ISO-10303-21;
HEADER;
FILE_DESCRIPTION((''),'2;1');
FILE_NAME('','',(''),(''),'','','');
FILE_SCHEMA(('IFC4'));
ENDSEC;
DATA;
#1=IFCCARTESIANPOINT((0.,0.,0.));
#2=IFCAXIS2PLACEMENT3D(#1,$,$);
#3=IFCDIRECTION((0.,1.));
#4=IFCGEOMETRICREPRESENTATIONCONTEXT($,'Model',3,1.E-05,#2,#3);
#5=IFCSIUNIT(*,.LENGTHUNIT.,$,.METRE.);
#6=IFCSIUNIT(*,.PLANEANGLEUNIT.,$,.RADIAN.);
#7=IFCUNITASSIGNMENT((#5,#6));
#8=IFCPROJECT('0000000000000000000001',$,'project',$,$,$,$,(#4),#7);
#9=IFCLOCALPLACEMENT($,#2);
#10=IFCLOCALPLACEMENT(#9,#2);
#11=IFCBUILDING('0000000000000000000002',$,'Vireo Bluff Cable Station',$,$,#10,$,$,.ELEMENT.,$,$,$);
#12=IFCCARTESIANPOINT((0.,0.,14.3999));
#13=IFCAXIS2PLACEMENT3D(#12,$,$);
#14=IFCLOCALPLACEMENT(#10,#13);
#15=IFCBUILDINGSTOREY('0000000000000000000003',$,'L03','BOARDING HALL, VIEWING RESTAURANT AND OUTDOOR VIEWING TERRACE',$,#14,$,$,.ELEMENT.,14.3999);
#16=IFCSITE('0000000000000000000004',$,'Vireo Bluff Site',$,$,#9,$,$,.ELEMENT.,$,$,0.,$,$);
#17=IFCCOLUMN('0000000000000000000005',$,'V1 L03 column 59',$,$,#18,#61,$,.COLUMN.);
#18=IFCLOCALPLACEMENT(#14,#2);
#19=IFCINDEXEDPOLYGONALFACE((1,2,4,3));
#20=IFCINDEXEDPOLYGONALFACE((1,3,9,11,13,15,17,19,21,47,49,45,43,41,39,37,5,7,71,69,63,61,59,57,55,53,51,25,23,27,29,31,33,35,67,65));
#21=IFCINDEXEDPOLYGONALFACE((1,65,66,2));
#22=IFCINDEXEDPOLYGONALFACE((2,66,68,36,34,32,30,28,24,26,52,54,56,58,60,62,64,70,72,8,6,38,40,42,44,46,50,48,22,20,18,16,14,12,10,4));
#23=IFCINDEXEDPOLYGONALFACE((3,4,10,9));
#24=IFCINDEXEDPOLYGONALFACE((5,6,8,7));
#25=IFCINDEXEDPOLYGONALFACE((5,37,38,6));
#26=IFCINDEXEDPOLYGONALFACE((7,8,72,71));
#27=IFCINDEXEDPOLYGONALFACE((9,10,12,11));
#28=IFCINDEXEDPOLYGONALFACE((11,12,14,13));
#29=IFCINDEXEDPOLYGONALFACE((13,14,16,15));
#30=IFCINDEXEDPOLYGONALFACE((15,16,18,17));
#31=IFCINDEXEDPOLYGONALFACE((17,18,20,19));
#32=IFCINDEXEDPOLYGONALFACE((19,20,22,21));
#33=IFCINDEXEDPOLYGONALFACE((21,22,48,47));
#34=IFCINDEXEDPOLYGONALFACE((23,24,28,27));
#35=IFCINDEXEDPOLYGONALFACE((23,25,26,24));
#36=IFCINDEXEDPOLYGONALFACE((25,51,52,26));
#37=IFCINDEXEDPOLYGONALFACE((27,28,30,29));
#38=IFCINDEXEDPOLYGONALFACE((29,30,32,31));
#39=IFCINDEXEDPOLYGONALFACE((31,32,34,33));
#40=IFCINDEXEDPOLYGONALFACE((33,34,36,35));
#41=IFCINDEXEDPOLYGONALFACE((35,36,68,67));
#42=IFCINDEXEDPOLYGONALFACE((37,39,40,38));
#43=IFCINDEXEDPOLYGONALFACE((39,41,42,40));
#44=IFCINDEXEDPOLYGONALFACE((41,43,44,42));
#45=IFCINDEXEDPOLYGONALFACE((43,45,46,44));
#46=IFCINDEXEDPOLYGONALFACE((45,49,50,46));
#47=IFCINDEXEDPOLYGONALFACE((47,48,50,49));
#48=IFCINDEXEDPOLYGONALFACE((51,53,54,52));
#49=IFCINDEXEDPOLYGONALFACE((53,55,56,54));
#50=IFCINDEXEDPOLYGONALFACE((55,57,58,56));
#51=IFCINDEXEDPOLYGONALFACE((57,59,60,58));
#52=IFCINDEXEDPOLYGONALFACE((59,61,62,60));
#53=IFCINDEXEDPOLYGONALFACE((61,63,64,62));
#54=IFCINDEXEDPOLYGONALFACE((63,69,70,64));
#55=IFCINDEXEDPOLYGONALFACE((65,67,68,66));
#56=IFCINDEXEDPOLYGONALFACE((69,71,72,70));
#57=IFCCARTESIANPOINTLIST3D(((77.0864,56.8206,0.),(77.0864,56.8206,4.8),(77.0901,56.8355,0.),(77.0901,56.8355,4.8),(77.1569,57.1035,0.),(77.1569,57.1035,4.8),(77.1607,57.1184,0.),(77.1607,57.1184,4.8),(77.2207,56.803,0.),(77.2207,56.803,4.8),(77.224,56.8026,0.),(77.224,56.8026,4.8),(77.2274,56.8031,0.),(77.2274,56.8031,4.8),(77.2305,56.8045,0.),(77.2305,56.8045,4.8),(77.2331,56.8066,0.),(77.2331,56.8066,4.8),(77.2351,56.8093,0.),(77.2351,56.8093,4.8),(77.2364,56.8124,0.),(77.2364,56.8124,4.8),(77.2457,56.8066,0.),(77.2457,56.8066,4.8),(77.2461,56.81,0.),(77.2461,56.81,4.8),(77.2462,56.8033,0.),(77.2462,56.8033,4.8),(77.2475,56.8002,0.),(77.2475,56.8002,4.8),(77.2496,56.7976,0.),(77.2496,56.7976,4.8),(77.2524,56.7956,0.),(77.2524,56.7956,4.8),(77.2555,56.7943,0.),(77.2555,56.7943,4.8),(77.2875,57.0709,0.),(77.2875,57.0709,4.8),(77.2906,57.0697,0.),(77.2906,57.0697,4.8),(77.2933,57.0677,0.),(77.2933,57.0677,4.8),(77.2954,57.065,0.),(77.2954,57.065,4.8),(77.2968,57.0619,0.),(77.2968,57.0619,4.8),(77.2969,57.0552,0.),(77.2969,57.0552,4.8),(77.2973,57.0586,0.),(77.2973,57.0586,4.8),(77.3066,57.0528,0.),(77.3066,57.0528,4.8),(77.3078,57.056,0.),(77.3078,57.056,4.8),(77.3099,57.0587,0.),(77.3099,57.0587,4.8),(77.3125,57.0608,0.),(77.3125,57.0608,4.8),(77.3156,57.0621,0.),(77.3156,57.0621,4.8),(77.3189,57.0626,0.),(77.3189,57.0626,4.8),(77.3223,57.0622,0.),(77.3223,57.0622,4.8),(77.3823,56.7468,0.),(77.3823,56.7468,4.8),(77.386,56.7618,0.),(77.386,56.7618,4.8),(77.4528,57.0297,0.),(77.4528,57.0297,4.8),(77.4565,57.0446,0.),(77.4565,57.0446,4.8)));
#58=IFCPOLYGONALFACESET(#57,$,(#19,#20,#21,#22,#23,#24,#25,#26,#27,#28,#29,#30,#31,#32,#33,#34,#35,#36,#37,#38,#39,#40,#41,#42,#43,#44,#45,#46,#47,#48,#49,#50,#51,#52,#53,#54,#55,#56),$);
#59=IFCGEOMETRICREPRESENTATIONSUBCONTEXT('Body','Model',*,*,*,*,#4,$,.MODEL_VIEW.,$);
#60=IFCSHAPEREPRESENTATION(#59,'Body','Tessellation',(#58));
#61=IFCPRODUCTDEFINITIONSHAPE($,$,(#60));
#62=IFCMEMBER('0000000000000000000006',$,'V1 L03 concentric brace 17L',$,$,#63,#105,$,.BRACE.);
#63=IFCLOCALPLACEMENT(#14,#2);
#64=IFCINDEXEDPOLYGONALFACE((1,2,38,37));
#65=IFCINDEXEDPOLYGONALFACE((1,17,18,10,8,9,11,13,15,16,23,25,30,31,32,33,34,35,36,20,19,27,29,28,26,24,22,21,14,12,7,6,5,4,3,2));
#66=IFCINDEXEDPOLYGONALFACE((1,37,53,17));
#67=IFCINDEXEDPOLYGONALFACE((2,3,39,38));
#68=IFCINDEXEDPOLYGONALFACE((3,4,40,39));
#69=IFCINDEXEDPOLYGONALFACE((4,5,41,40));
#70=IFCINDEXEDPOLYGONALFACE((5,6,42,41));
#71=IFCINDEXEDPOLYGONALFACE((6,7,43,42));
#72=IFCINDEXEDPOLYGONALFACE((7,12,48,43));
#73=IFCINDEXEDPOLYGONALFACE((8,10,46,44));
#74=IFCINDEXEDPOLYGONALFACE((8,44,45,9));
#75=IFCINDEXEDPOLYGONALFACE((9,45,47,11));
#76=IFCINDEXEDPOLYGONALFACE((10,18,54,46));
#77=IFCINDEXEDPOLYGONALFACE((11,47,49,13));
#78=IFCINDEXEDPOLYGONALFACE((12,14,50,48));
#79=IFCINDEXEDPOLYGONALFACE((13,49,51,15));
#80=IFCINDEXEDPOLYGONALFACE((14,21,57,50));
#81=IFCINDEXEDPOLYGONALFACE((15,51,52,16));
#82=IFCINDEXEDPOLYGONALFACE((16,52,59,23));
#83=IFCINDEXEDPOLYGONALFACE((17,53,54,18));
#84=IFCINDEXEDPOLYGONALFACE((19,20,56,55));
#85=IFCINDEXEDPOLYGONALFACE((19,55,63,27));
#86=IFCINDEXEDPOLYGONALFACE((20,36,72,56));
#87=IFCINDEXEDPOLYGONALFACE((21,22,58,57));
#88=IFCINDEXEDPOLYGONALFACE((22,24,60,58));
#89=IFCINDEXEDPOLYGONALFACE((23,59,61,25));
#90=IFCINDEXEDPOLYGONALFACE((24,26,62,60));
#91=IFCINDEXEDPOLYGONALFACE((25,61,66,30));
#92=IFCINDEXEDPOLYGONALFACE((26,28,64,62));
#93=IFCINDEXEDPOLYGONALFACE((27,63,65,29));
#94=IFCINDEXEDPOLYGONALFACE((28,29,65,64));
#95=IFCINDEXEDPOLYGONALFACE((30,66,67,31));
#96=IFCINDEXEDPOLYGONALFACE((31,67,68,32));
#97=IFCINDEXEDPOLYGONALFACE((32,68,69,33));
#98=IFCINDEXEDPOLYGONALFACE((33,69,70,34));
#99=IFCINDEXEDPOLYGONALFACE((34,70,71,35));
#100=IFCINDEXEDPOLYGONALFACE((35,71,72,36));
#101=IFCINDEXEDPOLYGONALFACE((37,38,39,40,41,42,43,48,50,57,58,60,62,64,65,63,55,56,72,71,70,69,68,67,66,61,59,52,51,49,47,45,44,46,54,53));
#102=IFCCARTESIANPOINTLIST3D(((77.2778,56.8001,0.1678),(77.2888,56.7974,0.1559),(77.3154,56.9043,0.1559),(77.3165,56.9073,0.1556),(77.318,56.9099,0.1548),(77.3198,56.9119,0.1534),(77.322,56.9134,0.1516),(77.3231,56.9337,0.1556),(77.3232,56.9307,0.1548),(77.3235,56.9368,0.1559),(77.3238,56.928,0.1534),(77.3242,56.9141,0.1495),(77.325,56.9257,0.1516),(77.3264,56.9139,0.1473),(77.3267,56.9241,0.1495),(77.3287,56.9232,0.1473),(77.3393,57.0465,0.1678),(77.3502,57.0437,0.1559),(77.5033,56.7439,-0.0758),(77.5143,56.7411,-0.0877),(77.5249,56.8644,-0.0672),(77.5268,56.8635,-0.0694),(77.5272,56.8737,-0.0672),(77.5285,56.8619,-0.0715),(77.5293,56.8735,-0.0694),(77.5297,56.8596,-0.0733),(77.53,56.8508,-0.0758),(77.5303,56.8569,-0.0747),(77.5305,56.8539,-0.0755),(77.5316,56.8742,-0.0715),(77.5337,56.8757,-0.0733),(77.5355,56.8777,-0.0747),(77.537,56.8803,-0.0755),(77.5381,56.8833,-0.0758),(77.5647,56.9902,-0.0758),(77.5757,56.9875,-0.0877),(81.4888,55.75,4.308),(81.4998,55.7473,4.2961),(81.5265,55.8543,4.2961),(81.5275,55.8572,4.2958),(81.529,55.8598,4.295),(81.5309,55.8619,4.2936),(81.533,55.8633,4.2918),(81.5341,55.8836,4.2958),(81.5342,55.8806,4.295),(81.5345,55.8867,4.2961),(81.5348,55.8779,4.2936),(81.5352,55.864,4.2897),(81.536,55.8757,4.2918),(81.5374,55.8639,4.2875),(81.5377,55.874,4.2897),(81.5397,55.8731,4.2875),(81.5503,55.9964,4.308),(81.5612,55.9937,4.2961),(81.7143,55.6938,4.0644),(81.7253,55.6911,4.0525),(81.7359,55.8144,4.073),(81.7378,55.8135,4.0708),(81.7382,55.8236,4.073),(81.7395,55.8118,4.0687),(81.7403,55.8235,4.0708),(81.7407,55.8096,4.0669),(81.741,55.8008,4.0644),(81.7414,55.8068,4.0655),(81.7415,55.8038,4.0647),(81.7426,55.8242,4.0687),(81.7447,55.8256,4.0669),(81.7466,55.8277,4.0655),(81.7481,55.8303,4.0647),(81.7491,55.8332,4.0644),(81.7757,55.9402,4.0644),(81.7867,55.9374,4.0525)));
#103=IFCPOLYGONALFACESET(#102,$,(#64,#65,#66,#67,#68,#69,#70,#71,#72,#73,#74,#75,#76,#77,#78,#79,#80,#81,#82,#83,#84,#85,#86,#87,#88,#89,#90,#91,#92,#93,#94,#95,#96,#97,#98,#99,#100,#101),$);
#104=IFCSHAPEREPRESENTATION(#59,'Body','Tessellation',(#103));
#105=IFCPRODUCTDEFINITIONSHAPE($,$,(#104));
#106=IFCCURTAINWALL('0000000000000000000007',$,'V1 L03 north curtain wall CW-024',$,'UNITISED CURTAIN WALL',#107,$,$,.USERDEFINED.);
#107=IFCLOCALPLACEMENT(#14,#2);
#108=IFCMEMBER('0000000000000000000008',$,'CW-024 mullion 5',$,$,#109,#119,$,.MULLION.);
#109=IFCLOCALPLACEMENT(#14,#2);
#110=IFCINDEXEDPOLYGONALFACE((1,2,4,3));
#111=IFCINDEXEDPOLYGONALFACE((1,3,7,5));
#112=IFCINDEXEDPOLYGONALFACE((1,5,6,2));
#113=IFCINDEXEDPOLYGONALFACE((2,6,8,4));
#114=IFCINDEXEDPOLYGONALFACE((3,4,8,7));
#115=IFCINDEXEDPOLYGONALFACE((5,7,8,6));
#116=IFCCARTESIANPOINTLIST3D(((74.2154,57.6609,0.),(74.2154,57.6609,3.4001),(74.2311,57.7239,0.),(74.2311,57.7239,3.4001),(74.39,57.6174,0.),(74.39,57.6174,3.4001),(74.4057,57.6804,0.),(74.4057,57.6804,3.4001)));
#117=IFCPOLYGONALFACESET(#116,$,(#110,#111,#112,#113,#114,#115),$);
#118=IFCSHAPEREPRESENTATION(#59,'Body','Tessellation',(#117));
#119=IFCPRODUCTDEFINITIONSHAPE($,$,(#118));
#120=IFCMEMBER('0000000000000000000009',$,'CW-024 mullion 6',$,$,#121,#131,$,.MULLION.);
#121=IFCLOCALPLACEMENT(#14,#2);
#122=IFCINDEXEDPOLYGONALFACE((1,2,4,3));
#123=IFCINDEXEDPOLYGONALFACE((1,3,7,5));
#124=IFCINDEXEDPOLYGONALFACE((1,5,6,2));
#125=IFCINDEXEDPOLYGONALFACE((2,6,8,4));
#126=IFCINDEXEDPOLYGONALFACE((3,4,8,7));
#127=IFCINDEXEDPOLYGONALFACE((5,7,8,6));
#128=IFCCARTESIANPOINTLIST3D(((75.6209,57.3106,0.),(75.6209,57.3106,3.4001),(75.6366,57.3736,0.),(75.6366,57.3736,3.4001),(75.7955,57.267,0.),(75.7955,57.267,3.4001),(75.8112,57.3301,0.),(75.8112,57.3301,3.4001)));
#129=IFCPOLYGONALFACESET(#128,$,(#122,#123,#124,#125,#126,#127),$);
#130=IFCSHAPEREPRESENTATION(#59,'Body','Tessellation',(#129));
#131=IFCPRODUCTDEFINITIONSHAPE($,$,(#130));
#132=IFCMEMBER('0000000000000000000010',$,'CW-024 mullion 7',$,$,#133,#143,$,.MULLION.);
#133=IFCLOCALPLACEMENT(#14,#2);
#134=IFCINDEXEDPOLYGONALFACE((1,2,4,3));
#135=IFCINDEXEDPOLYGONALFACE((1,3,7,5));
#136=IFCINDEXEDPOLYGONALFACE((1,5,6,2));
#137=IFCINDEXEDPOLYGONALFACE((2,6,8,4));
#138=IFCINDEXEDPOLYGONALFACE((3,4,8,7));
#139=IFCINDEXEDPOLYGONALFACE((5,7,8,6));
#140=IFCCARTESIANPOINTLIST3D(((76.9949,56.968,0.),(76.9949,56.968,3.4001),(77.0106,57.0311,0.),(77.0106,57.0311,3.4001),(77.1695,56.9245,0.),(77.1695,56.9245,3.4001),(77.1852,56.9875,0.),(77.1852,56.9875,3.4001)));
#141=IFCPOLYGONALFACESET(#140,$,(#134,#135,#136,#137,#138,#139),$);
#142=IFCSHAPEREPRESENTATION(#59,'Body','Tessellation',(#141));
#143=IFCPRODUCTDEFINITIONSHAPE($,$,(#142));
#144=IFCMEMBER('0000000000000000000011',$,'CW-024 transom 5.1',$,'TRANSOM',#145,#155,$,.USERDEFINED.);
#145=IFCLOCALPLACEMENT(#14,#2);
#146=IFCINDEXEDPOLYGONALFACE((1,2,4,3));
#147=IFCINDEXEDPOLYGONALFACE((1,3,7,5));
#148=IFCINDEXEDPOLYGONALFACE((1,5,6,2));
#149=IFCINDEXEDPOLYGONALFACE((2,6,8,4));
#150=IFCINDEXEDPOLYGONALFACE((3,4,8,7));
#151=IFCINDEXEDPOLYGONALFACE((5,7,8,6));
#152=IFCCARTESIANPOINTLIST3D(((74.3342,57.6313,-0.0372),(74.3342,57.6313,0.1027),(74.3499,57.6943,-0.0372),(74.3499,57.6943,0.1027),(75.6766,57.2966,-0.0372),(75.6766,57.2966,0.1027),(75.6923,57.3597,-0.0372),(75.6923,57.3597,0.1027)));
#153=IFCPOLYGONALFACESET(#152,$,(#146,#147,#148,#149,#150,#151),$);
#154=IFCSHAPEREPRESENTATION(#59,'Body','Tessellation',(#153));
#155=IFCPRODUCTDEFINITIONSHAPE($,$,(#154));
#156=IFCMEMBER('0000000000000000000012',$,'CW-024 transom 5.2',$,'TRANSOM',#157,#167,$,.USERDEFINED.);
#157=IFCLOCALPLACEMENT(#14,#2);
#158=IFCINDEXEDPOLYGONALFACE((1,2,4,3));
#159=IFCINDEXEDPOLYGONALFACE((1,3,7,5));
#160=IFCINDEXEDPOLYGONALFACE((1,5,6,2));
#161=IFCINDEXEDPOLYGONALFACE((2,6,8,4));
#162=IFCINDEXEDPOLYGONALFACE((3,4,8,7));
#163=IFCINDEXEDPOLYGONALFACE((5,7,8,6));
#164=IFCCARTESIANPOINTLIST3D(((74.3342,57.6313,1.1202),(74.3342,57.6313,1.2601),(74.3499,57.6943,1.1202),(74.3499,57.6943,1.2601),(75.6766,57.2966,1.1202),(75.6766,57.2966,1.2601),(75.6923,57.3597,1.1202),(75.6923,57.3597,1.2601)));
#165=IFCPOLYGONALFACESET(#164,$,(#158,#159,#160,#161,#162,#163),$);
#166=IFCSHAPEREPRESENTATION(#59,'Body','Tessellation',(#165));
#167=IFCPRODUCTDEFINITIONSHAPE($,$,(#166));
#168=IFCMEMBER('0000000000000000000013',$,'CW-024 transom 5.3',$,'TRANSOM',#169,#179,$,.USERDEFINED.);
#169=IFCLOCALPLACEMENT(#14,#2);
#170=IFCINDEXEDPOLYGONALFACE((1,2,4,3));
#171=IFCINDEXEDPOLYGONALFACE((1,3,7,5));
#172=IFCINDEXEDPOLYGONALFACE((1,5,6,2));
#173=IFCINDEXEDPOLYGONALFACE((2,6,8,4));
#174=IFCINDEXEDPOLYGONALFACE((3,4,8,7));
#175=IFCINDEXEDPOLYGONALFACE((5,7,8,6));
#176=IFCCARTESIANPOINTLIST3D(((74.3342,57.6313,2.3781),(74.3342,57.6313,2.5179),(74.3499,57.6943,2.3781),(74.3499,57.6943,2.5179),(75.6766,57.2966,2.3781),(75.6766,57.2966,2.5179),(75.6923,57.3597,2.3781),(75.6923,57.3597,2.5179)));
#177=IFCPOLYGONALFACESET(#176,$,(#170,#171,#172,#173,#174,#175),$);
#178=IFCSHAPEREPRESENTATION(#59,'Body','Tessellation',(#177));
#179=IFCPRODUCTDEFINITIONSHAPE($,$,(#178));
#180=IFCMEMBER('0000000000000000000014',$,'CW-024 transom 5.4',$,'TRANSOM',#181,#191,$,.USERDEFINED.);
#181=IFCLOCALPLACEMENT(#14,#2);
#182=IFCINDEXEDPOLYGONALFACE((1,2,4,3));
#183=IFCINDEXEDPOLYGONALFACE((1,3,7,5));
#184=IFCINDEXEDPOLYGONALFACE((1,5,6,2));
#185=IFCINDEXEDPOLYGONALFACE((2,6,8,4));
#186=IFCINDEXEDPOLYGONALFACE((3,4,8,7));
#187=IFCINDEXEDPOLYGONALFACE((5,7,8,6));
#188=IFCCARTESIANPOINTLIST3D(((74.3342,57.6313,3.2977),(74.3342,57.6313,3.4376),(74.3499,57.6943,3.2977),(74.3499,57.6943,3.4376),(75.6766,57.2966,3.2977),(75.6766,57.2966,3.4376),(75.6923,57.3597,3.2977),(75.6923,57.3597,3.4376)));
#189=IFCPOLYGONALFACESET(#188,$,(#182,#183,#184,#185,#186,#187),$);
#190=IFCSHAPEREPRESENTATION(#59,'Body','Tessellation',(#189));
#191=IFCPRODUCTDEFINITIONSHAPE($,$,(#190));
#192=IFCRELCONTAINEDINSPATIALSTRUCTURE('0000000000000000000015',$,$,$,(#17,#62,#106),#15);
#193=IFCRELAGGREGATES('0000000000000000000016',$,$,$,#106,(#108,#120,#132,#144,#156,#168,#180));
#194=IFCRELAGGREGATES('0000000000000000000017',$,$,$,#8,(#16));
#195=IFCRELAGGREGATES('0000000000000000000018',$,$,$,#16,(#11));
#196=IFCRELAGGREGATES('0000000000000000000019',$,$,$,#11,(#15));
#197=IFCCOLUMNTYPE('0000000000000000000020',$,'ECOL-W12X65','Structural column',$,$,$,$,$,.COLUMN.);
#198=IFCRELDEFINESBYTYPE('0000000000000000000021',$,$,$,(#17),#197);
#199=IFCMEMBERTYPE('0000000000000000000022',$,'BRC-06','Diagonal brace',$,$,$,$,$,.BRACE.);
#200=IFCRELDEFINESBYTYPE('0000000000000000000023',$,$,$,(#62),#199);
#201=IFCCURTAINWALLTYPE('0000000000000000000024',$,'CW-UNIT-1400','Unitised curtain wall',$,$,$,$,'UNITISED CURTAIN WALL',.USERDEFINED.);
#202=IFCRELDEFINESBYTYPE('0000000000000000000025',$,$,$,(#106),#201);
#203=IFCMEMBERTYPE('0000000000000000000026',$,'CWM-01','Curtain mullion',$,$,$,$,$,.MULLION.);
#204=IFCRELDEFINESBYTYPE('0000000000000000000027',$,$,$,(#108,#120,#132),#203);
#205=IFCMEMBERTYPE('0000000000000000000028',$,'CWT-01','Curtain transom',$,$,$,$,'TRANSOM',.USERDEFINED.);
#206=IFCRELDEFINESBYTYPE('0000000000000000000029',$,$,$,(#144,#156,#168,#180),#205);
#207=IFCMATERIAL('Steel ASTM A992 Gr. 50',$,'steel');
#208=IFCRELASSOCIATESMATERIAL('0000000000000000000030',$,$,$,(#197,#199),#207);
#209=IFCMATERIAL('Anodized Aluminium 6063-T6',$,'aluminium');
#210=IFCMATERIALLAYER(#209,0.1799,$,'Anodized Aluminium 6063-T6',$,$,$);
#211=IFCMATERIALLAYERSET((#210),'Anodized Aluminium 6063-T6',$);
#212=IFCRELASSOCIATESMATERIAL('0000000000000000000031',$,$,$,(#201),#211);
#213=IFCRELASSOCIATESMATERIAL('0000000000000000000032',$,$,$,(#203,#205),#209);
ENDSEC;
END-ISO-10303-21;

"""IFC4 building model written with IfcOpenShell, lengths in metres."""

from ifc_helpers import new_model, si_unit, direction, frame, origin, origin_2d, place, context, subcontext, project, spatial, rectangle, i_section, extrude, material, layer, layer_set, material_profile, profile_set, type_object, element, aggregate, save


model = new_model("IFC4")

# Units and contexts
model_context = context("Model", 3, precision=1e-05, world=origin(), true_north=direction((0.0, 1.0)))
body_context = subcontext(model_context, "Body", "Model", "MODEL_VIEW")
ifc_project = project(units=[si_unit("LENGTHUNIT", "METRE"), si_unit("PLANEANGLEUNIT", "RADIAN")], contexts=[model_context])

# Site, building, storey
site_placement = place(None, origin())
site = spatial("IfcSite", under=ifc_project, at=site_placement, Name="Vireo Bluff Site", CompositionType="ELEMENT", RefElevation=0.0)
building_placement = place(site_placement, origin())
building = spatial("IfcBuilding", under=site, at=building_placement, Name="Vireo Bluff Cable Station", CompositionType="ELEMENT")
storey_placement = place(building_placement, frame((0.0, 0.0, 14.3999)))
storey = spatial("IfcBuildingStorey", under=building, at=storey_placement, Name="L03", Description="BOARDING HALL, VIEWING RESTAURANT AND OUTDOOR VIEWING TERRACE", CompositionType="ELEMENT", Elevation=14.3999)

# Column
ifc_material_1 = material(Name="Steel ASTM A992 Gr. 50", Category="steel")
ifc_material_profile_1 = material_profile(ifc_material_1, i_section(OverallWidth=0.3049, OverallDepth=0.3069, WebThickness=0.01, FlangeThickness=0.0154, FilletRadius=0.0129, at=origin_2d()), Name="W12X65")
ifc_profile_set_1 = profile_set([ifc_material_profile_1], Name="Steel ASTM A992 Gr. 50")
column_type = type_object("IfcColumnType", Name="ECOL-W12X65", Description="Structural column", PredefinedType="COLUMN", material=ifc_profile_set_1)
column_placement = place(storey_placement, frame((77.2715, 56.9326, 0.0), z_axis=(0.0, 0.0, 1.0), x_axis=(0.970296, -0.241922, 0.0)))
element("IfcColumn", 1, at=column_placement, inside=storey, type_object=column_type, Name="V1 L03 column 59", PredefinedType="COLUMN", context=body_context, shape_type="SweptSolid", body=[
    extrude(i_section(OverallWidth=0.3049, OverallDepth=0.3069, WebThickness=0.01, FlangeThickness=0.0154, FilletRadius=0.0129, at=origin_2d()), origin(), (0.0, 0.0, 1.0), 4.8),
])

# Member
ifc_material_profile_2 = material_profile(ifc_material_1, i_section(OverallWidth=0.2539, OverallDepth=0.353, WebThickness=0.0095, FlangeThickness=0.0164, FilletRadius=0.012, at=origin_2d()), Name="W14X61")
ifc_profile_set_2 = profile_set([ifc_material_profile_2], Name="Steel ASTM A992 Gr. 50")
member_type_1 = type_object("IfcMemberType", Name="BRC-06", Description="Diagonal brace", PredefinedType="BRACE", material=ifc_profile_set_2)
member_1_placement = place(storey_placement, frame((77.4268, 56.8938, 0.04), z_axis=(0.702064, -0.175068, 0.690259), x_axis=(0.241953, 0.970288, 0.0)))
element("IfcMember", 2, at=member_1_placement, inside=storey, type_object=member_type_1, Name="V1 L03 concentric brace 17L", PredefinedType="BRACE", context=body_context, shape_type="SweptSolid", body=[
    extrude(i_section(OverallWidth=0.2539, OverallDepth=0.353, WebThickness=0.0095, FlangeThickness=0.0164, FilletRadius=0.012, at=origin_2d()), origin(), (0.0, 0.0, 1.0), 5.998),
])

# Curtain wall, members
ifc_material_2 = material(Name="Anodized Aluminium 6063-T6", Category="aluminium")
ifc_layer_1 = layer(ifc_material_2, 0.1799, Name="Anodized Aluminium 6063-T6")
ifc_layer_set_1 = layer_set([ifc_layer_1], Name="Anodized Aluminium 6063-T6")
curtain_wall_type = type_object("IfcCurtainWallType", Name="CW-UNIT-1400", Description="Unitised curtain wall", ElementType="UNITISED CURTAIN WALL", PredefinedType="USERDEFINED", material=ifc_layer_set_1)
curtain_wall_placement = place(storey_placement, origin())
curtain_wall = element("IfcCurtainWall", 3, at=curtain_wall_placement, inside=storey, type_object=curtain_wall_type, Name="V1 L03 north curtain wall CW-024", ObjectType="UNITISED CURTAIN WALL", PredefinedType="USERDEFINED")
ifc_material_profile_3 = material_profile(ifc_material_2, rectangle(XDim=0.0649, YDim=0.1799, at=origin_2d()), Name="ALU-M-65X180")
ifc_profile_set_3 = profile_set([ifc_material_profile_3], Name="Anodized Aluminium 6063-T6")
member_type_2 = type_object("IfcMemberType", Name="CWM-01", Description="Curtain mullion", PredefinedType="MULLION", material=ifc_profile_set_3)
member_2_placement = place(storey_placement, frame((74.3105, 57.6707, 0.0), z_axis=(0.0, 0.0, 1.0), x_axis=(0.241922, 0.970296, 0.0)))
member_2 = element("IfcMember", 4, at=member_2_placement, type_object=member_type_2, Name="CW-024 mullion 5", PredefinedType="MULLION", context=body_context, shape_type="SweptSolid", body=[
    extrude(rectangle(XDim=0.0649, YDim=0.1799, at=origin_2d()), origin(), (0.0, 0.0, 1.0), 3.4001),
])
member_3_placement = place(storey_placement, frame((75.7161, 57.3203, 0.0), z_axis=(0.0, 0.0, 1.0), x_axis=(0.241922, 0.970296, 0.0)))
member_3 = element("IfcMember", 5, at=member_3_placement, type_object=member_type_2, Name="CW-024 mullion 6", PredefinedType="MULLION", context=body_context, shape_type="SweptSolid", body=[
    extrude(rectangle(XDim=0.0649, YDim=0.1799, at=origin_2d()), origin(), (0.0, 0.0, 1.0), 3.4001),
])
member_4_placement = place(storey_placement, frame((77.0901, 56.9778, 0.0), z_axis=(0.0, 0.0, 1.0), x_axis=(0.241922, 0.970296, 0.0)))
member_4 = element("IfcMember", 6, at=member_4_placement, type_object=member_type_2, Name="CW-024 mullion 7", PredefinedType="MULLION", context=body_context, shape_type="SweptSolid", body=[
    extrude(rectangle(XDim=0.0649, YDim=0.1799, at=origin_2d()), origin(), (0.0, 0.0, 1.0), 3.4001),
])
ifc_material_profile_4 = material_profile(ifc_material_2, rectangle(XDim=0.0649, YDim=0.1399, at=origin_2d()), Name="ALU-T-65X140")
ifc_profile_set_4 = profile_set([ifc_material_profile_4], Name="Anodized Aluminium 6063-T6")
member_type_3 = type_object("IfcMemberType", Name="CWT-01", Description="Curtain transom", ElementType="TRANSOM", PredefinedType="USERDEFINED", material=ifc_profile_set_4)
member_5_placement = place(storey_placement, frame((74.342, 57.6628, 0.0327), z_axis=(0.970298, -0.241913, 0.0), x_axis=(0.241913, 0.970298, 0.0)))
member_5 = element("IfcMember", 7, at=member_5_placement, type_object=member_type_3, Name="CW-024 transom 5.1", ObjectType="TRANSOM", PredefinedType="USERDEFINED", context=body_context, shape_type="SweptSolid", body=[
    extrude(rectangle(XDim=0.0649, YDim=0.1399, at=origin_2d()), origin(), (0.0, 0.0, 1.0), 1.3835),
])
member_6_placement = place(storey_placement, frame((74.342, 57.6628, 1.1902), z_axis=(0.970298, -0.241913, 0.0), x_axis=(0.241913, 0.970298, 0.0)))
member_6 = element("IfcMember", 8, at=member_6_placement, type_object=member_type_3, Name="CW-024 transom 5.2", ObjectType="TRANSOM", PredefinedType="USERDEFINED", context=body_context, shape_type="SweptSolid", body=[
    extrude(rectangle(XDim=0.0649, YDim=0.1399, at=origin_2d()), origin(), (0.0, 0.0, 1.0), 1.3835),
])
member_7_placement = place(storey_placement, frame((74.342, 57.6628, 2.448), z_axis=(0.970298, -0.241913, 0.0), x_axis=(0.241913, 0.970298, 0.0)))
member_7 = element("IfcMember", 9, at=member_7_placement, type_object=member_type_3, Name="CW-024 transom 5.3", ObjectType="TRANSOM", PredefinedType="USERDEFINED", context=body_context, shape_type="SweptSolid", body=[
    extrude(rectangle(XDim=0.0649, YDim=0.1399, at=origin_2d()), origin(), (0.0, 0.0, 1.0), 1.3835),
])
member_8_placement = place(storey_placement, frame((74.342, 57.6628, 3.3677), z_axis=(0.970298, -0.241913, 0.0), x_axis=(0.241913, 0.970298, 0.0)))
member_8 = element("IfcMember", 10, at=member_8_placement, type_object=member_type_3, Name="CW-024 transom 5.4", ObjectType="TRANSOM", PredefinedType="USERDEFINED", context=body_context, shape_type="SweptSolid", body=[
    extrude(rectangle(XDim=0.0649, YDim=0.1399, at=origin_2d()), origin(), (0.0, 0.0, 1.0), 1.3835),
])

aggregate(curtain_wall, [member_2, member_3, member_4, member_5, member_6, member_7, member_8])

save(model, "model.ifc")
